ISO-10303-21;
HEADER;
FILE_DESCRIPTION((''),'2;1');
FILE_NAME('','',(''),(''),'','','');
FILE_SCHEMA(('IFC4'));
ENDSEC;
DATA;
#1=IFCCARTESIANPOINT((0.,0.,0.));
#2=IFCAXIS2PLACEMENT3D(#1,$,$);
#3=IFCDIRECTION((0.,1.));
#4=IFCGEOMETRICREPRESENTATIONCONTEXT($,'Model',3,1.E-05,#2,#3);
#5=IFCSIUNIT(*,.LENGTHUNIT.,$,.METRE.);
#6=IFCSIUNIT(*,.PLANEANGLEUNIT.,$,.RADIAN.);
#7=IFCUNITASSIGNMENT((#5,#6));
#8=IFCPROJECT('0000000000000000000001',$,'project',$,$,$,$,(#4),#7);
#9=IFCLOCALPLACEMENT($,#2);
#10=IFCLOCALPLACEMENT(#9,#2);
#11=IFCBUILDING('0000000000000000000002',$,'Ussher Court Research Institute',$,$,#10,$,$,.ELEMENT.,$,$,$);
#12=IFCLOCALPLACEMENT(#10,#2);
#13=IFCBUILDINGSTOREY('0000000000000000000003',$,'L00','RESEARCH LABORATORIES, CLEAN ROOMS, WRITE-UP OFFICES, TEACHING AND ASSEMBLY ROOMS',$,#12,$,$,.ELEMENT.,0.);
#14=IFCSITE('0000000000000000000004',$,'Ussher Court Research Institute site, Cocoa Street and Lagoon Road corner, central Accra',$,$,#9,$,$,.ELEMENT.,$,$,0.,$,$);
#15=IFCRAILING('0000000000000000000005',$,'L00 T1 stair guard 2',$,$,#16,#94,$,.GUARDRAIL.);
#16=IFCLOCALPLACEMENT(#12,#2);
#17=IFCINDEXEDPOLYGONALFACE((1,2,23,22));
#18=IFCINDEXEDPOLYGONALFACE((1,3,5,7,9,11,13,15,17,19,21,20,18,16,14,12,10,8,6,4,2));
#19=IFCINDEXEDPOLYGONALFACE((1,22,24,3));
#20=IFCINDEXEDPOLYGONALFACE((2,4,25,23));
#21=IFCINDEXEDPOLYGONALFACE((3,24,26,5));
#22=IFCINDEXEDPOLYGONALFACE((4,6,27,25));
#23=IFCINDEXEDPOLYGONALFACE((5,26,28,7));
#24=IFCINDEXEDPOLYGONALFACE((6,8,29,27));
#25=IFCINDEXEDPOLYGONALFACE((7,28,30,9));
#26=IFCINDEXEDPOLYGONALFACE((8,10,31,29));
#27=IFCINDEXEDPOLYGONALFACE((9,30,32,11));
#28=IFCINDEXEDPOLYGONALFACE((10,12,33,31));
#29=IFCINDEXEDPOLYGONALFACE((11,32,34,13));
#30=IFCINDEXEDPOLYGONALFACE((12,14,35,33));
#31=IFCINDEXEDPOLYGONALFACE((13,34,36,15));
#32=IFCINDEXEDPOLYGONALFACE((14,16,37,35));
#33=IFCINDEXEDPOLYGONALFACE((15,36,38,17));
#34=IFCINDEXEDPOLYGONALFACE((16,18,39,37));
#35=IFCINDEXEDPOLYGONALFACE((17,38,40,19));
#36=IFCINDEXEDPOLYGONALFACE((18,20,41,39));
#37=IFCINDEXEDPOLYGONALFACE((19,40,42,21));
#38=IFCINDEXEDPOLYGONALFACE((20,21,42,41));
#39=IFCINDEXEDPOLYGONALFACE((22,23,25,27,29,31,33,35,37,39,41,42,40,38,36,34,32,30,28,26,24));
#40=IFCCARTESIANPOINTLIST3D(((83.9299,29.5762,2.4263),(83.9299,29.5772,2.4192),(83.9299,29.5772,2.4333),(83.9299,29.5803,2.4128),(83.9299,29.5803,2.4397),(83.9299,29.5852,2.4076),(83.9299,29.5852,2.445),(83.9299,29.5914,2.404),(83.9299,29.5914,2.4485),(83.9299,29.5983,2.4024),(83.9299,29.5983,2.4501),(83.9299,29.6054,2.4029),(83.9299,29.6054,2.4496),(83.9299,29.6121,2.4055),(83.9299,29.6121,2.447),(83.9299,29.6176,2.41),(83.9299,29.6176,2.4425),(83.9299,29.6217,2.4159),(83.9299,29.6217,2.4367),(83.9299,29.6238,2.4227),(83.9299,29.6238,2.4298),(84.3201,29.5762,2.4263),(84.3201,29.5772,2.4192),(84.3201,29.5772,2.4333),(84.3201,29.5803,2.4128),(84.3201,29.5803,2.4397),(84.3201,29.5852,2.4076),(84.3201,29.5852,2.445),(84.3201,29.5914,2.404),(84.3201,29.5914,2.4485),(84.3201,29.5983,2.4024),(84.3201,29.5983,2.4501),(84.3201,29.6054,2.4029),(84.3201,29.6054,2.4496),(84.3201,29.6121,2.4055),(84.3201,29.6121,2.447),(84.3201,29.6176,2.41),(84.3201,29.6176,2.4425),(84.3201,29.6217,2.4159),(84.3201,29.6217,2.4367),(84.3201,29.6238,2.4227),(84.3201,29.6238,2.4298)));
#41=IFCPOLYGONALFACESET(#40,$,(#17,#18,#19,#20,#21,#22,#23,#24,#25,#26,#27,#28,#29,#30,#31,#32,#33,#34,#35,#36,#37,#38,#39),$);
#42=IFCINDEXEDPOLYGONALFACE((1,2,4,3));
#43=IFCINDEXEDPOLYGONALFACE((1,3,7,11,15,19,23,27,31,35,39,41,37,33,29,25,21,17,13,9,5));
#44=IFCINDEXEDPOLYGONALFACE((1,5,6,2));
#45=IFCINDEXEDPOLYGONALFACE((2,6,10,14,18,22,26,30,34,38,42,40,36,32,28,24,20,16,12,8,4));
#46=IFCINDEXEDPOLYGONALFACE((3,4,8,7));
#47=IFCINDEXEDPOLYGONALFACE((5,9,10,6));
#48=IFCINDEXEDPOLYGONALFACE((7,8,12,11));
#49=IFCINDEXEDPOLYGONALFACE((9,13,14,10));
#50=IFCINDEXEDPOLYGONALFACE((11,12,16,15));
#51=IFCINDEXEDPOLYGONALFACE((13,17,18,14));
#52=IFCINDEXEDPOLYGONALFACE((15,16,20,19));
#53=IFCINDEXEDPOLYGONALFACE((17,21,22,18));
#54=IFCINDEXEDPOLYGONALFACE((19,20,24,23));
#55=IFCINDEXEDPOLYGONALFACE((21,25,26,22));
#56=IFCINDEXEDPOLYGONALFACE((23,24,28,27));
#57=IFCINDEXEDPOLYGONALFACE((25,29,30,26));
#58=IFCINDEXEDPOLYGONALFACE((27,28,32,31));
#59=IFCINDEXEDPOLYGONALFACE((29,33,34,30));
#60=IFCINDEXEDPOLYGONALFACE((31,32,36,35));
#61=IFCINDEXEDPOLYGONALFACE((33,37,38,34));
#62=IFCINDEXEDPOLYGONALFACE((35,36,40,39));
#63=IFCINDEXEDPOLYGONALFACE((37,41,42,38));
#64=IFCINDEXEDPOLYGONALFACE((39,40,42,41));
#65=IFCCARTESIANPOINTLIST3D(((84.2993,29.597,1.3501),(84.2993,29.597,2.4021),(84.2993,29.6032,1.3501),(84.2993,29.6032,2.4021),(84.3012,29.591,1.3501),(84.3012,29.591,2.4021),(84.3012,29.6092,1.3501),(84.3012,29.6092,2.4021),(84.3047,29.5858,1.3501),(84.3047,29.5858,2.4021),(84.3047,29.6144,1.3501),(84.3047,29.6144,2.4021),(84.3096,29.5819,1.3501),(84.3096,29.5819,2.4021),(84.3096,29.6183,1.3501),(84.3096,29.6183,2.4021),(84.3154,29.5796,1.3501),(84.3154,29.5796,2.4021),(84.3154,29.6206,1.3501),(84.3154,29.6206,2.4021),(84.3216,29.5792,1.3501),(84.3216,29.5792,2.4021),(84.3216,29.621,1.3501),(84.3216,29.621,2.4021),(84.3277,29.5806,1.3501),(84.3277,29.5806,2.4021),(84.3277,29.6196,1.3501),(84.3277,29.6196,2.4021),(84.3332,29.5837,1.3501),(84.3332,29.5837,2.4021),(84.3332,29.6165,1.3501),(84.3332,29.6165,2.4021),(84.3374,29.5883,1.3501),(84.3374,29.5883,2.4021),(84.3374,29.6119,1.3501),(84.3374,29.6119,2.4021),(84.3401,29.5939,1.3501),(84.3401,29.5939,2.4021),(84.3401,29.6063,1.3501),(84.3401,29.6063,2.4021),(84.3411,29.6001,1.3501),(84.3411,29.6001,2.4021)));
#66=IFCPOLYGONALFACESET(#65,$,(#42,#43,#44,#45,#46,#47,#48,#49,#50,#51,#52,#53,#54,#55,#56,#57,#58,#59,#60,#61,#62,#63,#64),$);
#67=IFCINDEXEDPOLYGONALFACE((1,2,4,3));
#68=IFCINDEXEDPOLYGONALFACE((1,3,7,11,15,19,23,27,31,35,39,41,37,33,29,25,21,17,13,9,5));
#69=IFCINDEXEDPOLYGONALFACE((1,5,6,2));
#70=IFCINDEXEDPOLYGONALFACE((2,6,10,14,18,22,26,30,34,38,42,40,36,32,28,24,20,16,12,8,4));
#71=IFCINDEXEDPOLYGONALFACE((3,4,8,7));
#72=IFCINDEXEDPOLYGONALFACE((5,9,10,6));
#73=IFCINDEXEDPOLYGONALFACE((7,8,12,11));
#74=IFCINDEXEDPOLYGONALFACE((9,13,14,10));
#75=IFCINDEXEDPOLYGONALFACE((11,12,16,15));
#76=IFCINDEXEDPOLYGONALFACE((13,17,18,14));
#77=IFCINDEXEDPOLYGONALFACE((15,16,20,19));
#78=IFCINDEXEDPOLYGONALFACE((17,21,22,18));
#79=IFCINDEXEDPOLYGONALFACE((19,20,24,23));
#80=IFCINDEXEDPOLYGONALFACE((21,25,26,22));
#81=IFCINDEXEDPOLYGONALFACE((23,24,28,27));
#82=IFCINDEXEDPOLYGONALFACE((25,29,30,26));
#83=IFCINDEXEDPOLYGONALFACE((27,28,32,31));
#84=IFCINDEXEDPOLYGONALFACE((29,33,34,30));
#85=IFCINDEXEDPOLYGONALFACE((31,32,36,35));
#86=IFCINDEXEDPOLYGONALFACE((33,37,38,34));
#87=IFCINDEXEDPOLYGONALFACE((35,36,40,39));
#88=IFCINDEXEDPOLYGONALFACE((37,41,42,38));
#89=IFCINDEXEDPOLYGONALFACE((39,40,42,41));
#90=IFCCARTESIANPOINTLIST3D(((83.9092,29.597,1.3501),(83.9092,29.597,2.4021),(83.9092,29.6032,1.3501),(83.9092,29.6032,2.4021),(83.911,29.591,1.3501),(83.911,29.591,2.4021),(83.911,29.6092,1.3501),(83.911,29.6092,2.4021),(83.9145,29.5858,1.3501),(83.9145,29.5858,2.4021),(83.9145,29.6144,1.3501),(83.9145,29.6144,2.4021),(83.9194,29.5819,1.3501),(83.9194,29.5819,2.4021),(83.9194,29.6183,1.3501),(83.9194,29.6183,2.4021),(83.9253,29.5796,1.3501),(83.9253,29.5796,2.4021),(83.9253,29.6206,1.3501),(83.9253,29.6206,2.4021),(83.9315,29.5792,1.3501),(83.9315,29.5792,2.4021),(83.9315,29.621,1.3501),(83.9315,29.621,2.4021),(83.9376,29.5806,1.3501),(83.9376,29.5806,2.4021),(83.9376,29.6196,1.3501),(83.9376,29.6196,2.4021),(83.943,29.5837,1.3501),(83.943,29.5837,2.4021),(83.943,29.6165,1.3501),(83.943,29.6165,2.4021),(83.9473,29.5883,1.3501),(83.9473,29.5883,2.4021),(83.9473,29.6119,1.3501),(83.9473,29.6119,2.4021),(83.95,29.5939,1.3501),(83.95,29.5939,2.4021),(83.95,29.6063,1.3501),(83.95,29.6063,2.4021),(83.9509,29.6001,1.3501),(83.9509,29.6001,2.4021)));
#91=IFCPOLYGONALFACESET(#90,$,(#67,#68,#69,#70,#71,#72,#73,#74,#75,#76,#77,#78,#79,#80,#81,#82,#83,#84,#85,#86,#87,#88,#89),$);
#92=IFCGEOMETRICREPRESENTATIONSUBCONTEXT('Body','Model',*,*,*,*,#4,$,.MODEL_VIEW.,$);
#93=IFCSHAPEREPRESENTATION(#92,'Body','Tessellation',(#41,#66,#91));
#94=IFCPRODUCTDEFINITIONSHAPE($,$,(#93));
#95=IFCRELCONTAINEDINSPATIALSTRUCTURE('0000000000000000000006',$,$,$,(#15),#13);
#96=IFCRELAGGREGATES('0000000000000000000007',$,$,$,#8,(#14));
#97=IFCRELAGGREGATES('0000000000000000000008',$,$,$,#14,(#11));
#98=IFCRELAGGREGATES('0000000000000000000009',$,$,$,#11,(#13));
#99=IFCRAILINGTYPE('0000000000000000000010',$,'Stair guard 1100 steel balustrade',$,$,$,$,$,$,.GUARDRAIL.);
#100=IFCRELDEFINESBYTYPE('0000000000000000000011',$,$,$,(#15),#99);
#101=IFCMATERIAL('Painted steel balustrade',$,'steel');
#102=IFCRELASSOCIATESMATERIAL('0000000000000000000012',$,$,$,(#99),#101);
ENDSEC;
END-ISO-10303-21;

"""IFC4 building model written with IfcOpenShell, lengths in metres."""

from ifc_helpers import new_model, si_unit, direction, frame, origin, origin_2d, place, context, subcontext, project, spatial, circle, extrude, material, type_object, element, save


model = new_model("IFC4")

# Units and contexts
model_context = context("Model", 3, precision=1e-05, world=origin(), true_north=direction((0.0, 1.0)))
body_context = subcontext(model_context, "Body", "Model", "MODEL_VIEW")
ifc_project = project(units=[si_unit("LENGTHUNIT", "METRE"), si_unit("PLANEANGLEUNIT", "RADIAN")], contexts=[model_context])

# Site, building, storey
site_placement = place(None, origin())
site = spatial("IfcSite", under=ifc_project, at=site_placement, Name="Ussher Court Research Institute site, Cocoa Street and Lagoon Road corner, central Accra", CompositionType="ELEMENT", RefElevation=0.0)
building_placement = place(site_placement, origin())
building = spatial("IfcBuilding", under=site, at=building_placement, Name="Ussher Court Research Institute", CompositionType="ELEMENT")
storey_placement = place(building_placement, origin())
storey = spatial("IfcBuildingStorey", under=building, at=storey_placement, Name="L00", Description="RESEARCH LABORATORIES, CLEAN ROOMS, WRITE-UP OFFICES, TEACHING AND ASSEMBLY ROOMS", CompositionType="ELEMENT", Elevation=0.0)

# Railing
ifc_material_1 = material(Name="Painted steel balustrade", Category="steel")
railing_type_1 = type_object("IfcRailingType", Name="Stair guard 1100 steel balustrade", PredefinedType="GUARDRAIL", material=ifc_material_1)
railing_1_placement = place(storey_placement, frame((84.3201, 29.6001, 1.3501)))
element("IfcRailing", 1, at=railing_1_placement, inside=storey, type_object=railing_type_1, Name="L00 T1 stair guard 2", PredefinedType="GUARDRAIL", context=body_context, shape_type="SweptSolid", body=[
    extrude(circle(Radius=0.0239, at=origin_2d()), frame((0.0, 0.0, 1.0762), z_axis=(-1.0, 0.0, 0.0), x_axis=(0.0, -1.0, 0.0)), (0.0, 0.0, 1.0), 0.3901),
    extrude(circle(Radius=0.021, at=origin_2d()), origin(), (0.0, 0.0, 1.0), 1.052),
    extrude(circle(Radius=0.021, at=origin_2d()), frame((-0.3901, 0.0, 0.0)), (0.0, 0.0, 1.0), 1.052),
])

save(model, "model.ifc")
